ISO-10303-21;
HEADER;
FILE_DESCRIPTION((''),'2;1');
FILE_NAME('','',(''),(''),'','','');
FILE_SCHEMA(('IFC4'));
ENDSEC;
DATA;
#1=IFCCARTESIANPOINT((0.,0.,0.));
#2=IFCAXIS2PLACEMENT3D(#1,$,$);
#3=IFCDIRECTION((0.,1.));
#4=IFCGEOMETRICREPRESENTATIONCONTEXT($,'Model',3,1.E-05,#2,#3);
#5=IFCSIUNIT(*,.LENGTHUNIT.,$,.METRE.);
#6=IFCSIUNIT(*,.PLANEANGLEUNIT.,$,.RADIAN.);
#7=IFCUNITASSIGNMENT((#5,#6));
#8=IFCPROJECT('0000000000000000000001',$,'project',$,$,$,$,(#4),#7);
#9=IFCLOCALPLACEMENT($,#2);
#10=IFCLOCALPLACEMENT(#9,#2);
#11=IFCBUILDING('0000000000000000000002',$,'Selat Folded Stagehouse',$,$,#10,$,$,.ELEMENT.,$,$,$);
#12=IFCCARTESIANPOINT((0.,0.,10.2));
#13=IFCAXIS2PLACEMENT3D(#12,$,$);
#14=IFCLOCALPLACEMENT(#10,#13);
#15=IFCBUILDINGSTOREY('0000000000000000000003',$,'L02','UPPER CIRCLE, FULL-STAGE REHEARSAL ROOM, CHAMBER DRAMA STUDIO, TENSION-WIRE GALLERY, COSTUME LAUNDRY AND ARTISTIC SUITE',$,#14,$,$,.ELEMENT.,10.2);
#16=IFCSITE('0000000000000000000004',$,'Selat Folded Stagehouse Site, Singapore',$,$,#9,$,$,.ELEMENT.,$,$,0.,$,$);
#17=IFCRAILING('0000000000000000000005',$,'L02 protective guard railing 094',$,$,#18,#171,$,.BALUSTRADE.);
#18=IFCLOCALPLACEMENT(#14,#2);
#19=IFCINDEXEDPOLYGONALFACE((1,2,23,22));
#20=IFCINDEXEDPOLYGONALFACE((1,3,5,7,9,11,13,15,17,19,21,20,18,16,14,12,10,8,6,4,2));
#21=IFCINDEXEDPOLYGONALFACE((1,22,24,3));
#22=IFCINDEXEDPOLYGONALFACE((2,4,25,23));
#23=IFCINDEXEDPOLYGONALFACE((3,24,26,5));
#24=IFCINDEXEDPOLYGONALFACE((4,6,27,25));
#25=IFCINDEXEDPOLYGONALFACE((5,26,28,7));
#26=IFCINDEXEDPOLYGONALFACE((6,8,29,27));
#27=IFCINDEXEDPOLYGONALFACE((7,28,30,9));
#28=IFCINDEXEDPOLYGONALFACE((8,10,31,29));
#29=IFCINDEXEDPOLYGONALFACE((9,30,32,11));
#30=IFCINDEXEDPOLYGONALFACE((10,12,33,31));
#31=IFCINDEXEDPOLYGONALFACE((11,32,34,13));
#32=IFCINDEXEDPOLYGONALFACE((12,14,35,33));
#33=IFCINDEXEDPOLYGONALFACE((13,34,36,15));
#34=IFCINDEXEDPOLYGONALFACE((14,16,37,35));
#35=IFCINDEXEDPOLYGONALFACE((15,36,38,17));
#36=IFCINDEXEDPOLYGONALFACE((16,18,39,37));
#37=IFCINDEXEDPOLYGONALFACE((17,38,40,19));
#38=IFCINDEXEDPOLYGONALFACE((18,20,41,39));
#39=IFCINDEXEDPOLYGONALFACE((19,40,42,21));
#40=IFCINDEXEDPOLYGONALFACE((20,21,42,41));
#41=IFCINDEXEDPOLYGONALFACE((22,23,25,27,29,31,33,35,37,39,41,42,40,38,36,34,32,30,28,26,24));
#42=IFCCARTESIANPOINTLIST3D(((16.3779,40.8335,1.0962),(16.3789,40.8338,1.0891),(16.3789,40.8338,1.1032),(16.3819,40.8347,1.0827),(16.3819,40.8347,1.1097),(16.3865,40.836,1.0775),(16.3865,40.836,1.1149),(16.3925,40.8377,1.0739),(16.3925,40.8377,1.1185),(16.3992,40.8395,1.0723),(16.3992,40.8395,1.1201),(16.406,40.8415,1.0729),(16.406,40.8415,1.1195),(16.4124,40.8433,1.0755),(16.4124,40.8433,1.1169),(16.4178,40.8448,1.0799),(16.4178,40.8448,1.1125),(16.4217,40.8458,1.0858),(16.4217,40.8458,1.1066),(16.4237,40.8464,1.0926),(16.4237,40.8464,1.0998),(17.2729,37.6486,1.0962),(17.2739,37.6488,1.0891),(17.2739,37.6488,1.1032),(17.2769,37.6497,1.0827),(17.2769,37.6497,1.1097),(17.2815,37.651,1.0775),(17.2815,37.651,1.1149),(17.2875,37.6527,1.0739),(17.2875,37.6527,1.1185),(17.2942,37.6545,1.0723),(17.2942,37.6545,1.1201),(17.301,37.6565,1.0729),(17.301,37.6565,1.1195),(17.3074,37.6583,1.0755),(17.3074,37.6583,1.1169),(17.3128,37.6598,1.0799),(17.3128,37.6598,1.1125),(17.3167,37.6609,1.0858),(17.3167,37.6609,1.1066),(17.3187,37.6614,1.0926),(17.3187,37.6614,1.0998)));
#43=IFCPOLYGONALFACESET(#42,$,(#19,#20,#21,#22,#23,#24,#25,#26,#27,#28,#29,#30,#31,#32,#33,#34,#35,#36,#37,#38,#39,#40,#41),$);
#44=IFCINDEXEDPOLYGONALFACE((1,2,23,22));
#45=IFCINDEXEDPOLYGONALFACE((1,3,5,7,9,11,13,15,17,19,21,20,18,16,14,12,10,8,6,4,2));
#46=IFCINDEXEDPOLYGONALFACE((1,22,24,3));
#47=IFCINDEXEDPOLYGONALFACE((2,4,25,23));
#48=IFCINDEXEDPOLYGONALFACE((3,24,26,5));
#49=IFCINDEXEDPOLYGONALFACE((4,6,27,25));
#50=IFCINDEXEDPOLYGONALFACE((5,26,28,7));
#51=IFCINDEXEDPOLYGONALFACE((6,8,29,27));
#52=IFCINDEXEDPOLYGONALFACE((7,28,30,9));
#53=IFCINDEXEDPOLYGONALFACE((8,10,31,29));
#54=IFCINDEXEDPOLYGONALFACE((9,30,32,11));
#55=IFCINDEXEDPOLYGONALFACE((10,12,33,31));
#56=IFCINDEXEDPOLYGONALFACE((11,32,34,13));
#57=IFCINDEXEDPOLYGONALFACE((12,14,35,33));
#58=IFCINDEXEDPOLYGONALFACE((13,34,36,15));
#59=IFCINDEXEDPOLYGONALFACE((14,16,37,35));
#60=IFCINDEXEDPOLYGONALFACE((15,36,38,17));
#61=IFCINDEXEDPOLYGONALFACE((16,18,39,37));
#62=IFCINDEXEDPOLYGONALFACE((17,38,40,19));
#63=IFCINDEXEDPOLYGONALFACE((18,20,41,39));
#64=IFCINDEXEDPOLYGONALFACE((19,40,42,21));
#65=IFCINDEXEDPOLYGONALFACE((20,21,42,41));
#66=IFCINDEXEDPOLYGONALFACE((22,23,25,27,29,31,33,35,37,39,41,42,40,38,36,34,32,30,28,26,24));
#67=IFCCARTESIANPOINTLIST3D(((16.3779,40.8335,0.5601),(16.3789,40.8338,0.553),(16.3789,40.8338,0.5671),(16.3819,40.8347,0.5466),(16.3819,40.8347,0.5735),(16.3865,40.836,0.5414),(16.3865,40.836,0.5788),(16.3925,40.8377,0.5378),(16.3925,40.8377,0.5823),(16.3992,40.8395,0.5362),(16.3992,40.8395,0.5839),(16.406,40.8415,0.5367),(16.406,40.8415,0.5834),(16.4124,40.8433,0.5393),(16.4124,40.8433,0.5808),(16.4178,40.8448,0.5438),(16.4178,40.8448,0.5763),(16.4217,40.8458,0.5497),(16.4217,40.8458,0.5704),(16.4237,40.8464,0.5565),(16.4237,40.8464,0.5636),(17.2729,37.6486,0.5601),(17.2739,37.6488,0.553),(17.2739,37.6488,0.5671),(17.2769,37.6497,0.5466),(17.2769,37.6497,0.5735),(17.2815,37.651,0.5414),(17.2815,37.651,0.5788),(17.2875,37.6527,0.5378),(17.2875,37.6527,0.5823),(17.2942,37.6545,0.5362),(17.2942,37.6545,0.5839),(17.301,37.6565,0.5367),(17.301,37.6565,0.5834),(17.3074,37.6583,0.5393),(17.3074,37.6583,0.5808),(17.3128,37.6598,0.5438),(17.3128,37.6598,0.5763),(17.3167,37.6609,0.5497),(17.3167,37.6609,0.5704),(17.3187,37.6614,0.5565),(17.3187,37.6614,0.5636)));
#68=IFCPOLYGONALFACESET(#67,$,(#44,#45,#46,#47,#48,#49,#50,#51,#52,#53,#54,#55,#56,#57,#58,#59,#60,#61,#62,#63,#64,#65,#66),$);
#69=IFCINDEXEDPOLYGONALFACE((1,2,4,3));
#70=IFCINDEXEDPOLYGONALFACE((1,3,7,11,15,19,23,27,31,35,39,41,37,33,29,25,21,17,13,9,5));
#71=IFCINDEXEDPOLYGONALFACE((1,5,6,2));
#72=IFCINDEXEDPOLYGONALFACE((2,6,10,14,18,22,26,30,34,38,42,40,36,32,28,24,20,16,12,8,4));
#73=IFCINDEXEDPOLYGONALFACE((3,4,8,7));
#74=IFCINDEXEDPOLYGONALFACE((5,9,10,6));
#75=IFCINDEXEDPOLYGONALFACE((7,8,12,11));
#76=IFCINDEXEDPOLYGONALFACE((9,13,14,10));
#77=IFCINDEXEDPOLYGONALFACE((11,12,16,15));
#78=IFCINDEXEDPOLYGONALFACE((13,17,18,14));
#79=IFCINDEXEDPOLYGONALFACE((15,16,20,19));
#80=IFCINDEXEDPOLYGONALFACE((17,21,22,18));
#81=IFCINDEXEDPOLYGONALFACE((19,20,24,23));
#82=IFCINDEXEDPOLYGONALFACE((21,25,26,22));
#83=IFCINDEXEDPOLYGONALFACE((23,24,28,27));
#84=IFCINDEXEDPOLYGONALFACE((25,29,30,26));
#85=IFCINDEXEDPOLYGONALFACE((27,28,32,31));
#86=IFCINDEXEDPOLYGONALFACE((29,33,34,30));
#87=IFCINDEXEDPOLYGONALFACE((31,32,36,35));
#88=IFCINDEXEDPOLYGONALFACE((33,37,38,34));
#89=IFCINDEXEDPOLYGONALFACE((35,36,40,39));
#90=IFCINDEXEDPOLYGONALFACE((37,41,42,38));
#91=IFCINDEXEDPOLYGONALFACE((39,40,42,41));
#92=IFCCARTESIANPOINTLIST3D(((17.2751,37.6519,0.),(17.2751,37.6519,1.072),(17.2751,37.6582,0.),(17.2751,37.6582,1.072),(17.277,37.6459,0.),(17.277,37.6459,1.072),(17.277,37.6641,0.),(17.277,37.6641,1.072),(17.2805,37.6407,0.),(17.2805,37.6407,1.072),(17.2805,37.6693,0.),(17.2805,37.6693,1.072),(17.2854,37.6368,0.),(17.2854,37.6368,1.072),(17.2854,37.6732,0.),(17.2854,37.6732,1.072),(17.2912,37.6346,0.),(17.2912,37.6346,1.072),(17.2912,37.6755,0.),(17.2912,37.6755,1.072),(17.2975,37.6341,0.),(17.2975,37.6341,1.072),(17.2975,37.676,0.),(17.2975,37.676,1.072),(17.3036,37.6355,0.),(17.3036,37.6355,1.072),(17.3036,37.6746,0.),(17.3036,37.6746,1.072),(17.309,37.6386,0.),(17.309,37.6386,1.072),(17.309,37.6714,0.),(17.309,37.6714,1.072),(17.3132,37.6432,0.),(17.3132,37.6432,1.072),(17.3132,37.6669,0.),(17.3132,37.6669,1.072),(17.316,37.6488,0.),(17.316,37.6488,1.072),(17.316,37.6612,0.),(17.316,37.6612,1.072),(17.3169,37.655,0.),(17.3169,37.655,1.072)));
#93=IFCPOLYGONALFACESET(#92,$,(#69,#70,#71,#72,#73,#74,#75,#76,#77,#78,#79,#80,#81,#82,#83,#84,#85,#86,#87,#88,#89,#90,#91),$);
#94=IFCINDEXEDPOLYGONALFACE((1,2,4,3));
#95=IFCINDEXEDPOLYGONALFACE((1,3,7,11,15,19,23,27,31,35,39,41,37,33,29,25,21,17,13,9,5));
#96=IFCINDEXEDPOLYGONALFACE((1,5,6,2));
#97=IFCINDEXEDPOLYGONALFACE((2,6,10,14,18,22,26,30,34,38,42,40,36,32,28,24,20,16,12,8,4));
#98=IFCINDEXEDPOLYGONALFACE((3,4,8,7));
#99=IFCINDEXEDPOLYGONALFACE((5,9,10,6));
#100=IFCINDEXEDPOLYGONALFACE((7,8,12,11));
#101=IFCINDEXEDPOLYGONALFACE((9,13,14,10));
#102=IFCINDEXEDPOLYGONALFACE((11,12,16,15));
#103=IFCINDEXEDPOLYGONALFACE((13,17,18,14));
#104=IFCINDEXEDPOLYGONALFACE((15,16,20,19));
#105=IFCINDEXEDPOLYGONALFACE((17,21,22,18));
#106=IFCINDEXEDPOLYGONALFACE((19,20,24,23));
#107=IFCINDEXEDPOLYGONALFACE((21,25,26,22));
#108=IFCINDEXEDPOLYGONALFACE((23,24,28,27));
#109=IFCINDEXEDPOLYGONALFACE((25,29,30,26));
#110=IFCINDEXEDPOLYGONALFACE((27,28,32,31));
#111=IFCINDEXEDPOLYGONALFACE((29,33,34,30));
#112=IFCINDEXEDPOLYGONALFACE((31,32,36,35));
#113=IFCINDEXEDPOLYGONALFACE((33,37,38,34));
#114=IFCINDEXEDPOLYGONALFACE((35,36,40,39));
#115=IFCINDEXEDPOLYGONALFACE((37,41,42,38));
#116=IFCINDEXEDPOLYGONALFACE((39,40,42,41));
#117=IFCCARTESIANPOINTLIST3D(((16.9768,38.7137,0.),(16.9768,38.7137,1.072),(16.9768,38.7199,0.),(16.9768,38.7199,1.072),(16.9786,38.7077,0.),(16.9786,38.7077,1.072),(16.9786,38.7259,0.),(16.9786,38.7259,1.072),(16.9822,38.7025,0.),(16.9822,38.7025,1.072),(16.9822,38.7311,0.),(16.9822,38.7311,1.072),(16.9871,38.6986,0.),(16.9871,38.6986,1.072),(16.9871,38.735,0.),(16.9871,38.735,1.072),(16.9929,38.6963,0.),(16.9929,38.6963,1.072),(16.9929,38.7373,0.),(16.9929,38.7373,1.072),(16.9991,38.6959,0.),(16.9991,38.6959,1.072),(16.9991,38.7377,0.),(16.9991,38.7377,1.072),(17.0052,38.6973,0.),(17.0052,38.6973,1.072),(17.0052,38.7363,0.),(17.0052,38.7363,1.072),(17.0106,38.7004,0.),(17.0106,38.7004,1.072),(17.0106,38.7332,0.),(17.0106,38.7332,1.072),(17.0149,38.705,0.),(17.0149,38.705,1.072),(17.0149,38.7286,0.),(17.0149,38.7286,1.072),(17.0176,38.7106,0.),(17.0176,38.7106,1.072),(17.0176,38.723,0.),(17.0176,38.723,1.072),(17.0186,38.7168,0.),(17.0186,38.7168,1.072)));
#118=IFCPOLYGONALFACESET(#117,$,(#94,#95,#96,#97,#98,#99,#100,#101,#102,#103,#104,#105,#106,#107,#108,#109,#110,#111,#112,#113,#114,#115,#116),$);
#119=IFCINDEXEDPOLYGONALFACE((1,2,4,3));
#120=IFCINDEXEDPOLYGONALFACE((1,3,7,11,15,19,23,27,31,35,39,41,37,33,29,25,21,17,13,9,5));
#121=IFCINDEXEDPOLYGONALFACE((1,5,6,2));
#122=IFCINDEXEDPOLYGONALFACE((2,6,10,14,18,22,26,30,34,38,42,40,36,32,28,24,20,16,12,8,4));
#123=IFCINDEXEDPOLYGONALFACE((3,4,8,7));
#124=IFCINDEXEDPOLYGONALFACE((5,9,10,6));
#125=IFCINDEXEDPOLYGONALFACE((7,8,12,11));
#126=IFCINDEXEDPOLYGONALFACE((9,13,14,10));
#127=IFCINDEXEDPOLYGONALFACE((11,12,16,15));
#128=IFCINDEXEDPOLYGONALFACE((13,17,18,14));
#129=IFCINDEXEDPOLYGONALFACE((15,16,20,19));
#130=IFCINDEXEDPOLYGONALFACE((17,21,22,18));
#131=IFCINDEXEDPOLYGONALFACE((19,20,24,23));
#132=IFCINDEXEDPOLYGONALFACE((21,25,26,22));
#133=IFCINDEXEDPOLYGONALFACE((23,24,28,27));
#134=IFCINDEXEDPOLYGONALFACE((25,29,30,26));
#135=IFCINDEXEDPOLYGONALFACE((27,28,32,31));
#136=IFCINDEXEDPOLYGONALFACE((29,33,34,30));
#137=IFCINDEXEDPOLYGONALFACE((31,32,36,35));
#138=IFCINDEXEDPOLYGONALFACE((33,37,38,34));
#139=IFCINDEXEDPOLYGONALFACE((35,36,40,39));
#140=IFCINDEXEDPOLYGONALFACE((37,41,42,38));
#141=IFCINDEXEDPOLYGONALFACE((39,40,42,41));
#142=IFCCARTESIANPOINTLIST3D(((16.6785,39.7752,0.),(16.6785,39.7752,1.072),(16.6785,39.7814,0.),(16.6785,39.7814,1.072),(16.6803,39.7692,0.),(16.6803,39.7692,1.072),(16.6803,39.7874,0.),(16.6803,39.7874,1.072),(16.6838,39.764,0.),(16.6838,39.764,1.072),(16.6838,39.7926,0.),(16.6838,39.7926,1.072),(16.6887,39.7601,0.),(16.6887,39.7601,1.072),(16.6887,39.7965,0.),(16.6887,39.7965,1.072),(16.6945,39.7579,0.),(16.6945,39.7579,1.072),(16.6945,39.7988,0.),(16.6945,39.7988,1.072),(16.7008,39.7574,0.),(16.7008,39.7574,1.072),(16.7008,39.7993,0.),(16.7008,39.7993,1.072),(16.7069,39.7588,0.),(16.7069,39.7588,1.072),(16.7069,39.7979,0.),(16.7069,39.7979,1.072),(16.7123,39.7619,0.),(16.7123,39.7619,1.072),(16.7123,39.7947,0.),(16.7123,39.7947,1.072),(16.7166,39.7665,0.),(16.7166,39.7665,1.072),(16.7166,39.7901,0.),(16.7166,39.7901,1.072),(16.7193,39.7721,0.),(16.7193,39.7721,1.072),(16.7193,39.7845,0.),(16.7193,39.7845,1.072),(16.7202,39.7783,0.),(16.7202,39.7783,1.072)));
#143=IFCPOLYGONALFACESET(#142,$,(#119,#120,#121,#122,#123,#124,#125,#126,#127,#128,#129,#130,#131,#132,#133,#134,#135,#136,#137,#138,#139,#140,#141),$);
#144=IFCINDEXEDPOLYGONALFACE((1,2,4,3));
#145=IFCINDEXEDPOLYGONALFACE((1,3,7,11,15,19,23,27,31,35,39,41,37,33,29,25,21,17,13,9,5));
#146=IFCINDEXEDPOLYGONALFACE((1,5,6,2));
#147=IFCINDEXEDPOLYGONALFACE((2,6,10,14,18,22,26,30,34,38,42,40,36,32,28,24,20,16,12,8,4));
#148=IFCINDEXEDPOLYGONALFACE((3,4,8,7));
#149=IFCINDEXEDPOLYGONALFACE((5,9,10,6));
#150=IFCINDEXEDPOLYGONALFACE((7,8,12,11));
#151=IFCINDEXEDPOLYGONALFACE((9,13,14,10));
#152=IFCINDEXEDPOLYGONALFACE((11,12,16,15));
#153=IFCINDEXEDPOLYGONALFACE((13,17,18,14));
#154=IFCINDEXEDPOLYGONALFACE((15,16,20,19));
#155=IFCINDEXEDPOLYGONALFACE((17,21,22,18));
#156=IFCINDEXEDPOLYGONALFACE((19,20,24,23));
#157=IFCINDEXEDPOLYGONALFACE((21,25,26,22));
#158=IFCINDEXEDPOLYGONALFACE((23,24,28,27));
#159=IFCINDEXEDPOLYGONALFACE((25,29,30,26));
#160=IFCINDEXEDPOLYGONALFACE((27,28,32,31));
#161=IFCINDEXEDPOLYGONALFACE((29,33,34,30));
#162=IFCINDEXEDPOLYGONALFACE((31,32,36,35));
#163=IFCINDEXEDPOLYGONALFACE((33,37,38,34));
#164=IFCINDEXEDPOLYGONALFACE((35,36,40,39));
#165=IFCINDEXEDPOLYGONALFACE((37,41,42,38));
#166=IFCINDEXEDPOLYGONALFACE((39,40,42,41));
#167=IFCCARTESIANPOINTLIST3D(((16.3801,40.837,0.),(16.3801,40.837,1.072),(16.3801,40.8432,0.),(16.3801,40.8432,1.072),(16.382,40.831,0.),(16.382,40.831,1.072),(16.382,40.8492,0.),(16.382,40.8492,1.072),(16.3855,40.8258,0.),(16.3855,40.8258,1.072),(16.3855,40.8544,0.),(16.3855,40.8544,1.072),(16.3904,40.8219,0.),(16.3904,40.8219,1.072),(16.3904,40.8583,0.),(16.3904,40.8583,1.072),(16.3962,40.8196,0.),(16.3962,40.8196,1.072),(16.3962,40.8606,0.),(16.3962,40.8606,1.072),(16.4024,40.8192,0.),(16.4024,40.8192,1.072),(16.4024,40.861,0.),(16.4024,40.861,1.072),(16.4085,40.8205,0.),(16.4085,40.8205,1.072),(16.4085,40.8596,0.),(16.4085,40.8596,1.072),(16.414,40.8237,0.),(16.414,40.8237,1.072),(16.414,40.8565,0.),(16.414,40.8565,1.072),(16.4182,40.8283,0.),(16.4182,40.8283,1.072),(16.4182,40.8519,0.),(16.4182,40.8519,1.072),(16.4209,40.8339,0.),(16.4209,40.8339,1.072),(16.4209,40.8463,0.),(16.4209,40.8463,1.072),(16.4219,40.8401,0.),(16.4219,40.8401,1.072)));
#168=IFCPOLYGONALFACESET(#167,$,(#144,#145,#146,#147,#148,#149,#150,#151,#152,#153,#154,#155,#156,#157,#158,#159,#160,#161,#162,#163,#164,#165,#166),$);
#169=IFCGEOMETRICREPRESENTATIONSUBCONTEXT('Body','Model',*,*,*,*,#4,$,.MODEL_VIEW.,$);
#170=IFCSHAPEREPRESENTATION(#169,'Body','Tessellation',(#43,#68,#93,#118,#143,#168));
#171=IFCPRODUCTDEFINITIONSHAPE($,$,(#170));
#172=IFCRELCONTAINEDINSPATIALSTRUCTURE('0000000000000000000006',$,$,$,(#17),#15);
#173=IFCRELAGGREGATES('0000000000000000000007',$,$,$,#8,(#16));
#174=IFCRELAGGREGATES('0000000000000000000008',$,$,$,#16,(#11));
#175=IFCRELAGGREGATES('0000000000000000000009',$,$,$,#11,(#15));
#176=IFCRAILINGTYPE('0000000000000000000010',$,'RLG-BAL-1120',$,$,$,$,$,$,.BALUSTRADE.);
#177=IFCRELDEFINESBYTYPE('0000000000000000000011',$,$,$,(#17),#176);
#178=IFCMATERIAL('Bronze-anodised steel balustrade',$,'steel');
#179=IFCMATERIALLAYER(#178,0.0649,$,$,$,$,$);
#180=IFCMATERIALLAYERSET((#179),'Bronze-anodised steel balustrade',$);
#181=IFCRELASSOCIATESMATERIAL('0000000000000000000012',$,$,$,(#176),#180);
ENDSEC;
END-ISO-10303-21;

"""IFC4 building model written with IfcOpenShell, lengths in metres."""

from ifc_helpers import new_model, si_unit, direction, frame, origin, origin_2d, place, context, subcontext, project, spatial, circle, extrude, material, layer, layer_set, type_object, element, save


model = new_model("IFC4")

# Units and contexts
model_context = context("Model", 3, precision=1e-05, world=origin(), true_north=direction((0.0, 1.0)))
body_context = subcontext(model_context, "Body", "Model", "MODEL_VIEW")
ifc_project = project(units=[si_unit("LENGTHUNIT", "METRE"), si_unit("PLANEANGLEUNIT", "RADIAN")], contexts=[model_context])

# Site, building, storey
site_placement = place(None, origin())
site = spatial("IfcSite", under=ifc_project, at=site_placement, Name="Selat Folded Stagehouse Site, Singapore", CompositionType="ELEMENT", RefElevation=0.0)
building_placement = place(site_placement, origin())
building = spatial("IfcBuilding", under=site, at=building_placement, Name="Selat Folded Stagehouse", CompositionType="ELEMENT")
storey_placement = place(building_placement, frame((0.0, 0.0, 10.2)))
storey = spatial("IfcBuildingStorey", under=building, at=storey_placement, Name="L02", Description="UPPER CIRCLE, FULL-STAGE REHEARSAL ROOM, CHAMBER DRAMA STUDIO, TENSION-WIRE GALLERY, COSTUME LAUNDRY AND ARTISTIC SUITE", CompositionType="ELEMENT", Elevation=10.2)

# Railing
ifc_material_1 = material(Name="Bronze-anodised steel balustrade", Category="steel")
ifc_layer_1 = layer(ifc_material_1, 0.0649)
ifc_layer_set_1 = layer_set([ifc_layer_1], Name="Bronze-anodised steel balustrade")
railing_type = type_object("IfcRailingType", Name="RLG-BAL-1120", PredefinedType="BALUSTRADE", material=ifc_layer_set_1)
railing_1_placement = place(storey_placement, frame((17.2959, 37.655, 0.0)))
element("IfcRailing", 1, at=railing_1_placement, inside=storey, type_object=railing_type, Name="L02 protective guard railing 094", PredefinedType="BALUSTRADE", context=body_context, shape_type="SweptSolid", body=[
    extrude(circle(Radius=0.0239, at=origin_2d()), frame((0.0, 0.0, 1.0962), z_axis=(-0.270528, 0.962712, 0.0), x_axis=(-0.962712, -0.270528, 0.0)), (0.0, 0.0, 1.0), 3.3083),
    extrude(circle(Radius=0.0239, at=origin_2d()), frame((0.0, 0.0, 0.5601), z_axis=(-0.270528, 0.962712, 0.0), x_axis=(-0.962712, -0.270528, 0.0)), (0.0, 0.0, 1.0), 3.3083),
    extrude(circle(Radius=0.021, at=origin_2d()), origin(), (0.0, 0.0, 1.0), 1.072),
    extrude(circle(Radius=0.021, at=origin_2d()), frame((-0.2983, 1.0618, 0.0)), (0.0, 0.0, 1.0), 1.072),
    extrude(circle(Radius=0.021, at=origin_2d()), frame((-0.5967, 2.1233, 0.0)), (0.0, 0.0, 1.0), 1.072),
    extrude(circle(Radius=0.021, at=origin_2d()), frame((-0.895, 3.1851, 0.0)), (0.0, 0.0, 1.0), 1.072),
])

save(model, "model.ifc")
